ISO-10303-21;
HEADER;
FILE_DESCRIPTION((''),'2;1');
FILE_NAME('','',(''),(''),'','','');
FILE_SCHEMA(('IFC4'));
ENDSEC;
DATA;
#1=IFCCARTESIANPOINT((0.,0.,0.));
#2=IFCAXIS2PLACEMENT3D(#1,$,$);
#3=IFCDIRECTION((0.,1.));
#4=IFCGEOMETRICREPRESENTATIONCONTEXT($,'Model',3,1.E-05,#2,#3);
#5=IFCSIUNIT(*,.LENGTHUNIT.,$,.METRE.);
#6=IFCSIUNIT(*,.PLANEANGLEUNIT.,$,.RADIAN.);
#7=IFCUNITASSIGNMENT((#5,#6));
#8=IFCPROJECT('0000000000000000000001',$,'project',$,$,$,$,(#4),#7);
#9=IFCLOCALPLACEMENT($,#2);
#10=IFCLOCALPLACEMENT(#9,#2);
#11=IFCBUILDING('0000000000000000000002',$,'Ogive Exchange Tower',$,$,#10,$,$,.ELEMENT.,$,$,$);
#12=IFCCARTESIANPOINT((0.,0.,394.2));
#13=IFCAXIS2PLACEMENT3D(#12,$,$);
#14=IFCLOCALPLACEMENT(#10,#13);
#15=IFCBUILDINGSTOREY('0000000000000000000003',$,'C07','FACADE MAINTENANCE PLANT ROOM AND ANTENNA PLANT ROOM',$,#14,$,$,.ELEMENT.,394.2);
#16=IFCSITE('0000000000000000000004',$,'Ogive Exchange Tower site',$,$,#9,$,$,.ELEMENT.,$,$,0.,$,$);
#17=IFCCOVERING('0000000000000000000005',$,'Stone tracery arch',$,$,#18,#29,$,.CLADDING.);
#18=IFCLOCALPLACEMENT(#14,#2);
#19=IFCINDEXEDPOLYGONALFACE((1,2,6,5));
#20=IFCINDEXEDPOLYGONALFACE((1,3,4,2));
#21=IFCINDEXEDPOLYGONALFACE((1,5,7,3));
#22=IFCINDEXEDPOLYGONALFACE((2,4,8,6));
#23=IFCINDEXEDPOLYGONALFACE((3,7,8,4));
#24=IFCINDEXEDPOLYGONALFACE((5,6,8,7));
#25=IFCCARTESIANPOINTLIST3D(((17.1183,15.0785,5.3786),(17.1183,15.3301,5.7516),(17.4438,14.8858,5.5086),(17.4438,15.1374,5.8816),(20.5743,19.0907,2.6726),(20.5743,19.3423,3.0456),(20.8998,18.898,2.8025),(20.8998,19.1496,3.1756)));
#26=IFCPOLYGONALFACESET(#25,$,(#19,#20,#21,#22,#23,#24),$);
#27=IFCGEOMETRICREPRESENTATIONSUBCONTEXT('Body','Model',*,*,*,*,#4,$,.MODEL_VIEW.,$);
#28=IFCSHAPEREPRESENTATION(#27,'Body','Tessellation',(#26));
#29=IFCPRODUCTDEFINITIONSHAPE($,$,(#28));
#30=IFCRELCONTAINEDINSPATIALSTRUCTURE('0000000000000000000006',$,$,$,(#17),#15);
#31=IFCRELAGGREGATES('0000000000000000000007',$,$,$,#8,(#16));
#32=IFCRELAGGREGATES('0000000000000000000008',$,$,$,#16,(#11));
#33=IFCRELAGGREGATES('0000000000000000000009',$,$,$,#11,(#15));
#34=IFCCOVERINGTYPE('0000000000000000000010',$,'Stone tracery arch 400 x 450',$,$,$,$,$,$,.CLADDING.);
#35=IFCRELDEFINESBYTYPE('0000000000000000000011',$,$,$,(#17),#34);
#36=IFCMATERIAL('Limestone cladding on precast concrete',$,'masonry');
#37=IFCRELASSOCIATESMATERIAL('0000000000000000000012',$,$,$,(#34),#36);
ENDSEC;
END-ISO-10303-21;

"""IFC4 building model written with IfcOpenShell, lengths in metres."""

from ifc_helpers import new_model, si_unit, direction, frame, origin, origin_2d, place, context, subcontext, project, spatial, rectangle, extrude, material, material_profile, profile_set, type_object, element, save


model = new_model("IFC4")

# Units and contexts
model_context = context("Model", 3, precision=1e-05, world=origin(), true_north=direction((0.0, 1.0)))
body_context = subcontext(model_context, "Body", "Model", "MODEL_VIEW")
ifc_project = project(units=[si_unit("LENGTHUNIT", "METRE"), si_unit("PLANEANGLEUNIT", "RADIAN")], contexts=[model_context])

# Site, building, storey
site_placement = place(None, origin())
site = spatial("IfcSite", under=ifc_project, at=site_placement, Name="Ogive Exchange Tower site", CompositionType="ELEMENT", RefElevation=0.0)
building_placement = place(site_placement, origin())
building = spatial("IfcBuilding", under=site, at=building_placement, Name="Ogive Exchange Tower", CompositionType="ELEMENT")
storey_placement = place(building_placement, frame((0.0, 0.0, 394.2)))
storey = spatial("IfcBuildingStorey", under=building, at=storey_placement, Name="C07", Description="FACADE MAINTENANCE PLANT ROOM AND ANTENNA PLANT ROOM", CompositionType="ELEMENT", Elevation=394.2)

# Covering
ifc_material_1 = material(Name="Limestone cladding on precast concrete", Category="masonry")
ifc_material_profile_1 = material_profile(ifc_material_1, rectangle(XDim=0.3999, YDim=0.45, at=origin_2d()), Name="TRACERY 400 x 450")
ifc_profile_set_1 = profile_set([ifc_material_profile_1], Name="Limestone cladding on precast concrete")
covering_type_1 = type_object("IfcCoveringType", Name="Stone tracery arch 400 x 450", PredefinedType="CLADDING", material=ifc_profile_set_1)
covering_1_placement = place(storey_placement, frame((20.7371, 19.1201, 2.9241), z_axis=(-0.581159, -0.674679, 0.455041), x_axis=(0.81379, -0.481799, 0.324984)))
element("IfcCovering", 1, at=covering_1_placement, inside=storey, type_object=covering_type_1, Name="Stone tracery arch", PredefinedType="CLADDING", context=body_context, shape_type="SweptSolid", body=[
    extrude(rectangle(XDim=0.3999, YDim=0.45, at=origin_2d()), origin(), (0.0, 0.0, 1.0), 5.9468),
])

save(model, "model.ifc")
